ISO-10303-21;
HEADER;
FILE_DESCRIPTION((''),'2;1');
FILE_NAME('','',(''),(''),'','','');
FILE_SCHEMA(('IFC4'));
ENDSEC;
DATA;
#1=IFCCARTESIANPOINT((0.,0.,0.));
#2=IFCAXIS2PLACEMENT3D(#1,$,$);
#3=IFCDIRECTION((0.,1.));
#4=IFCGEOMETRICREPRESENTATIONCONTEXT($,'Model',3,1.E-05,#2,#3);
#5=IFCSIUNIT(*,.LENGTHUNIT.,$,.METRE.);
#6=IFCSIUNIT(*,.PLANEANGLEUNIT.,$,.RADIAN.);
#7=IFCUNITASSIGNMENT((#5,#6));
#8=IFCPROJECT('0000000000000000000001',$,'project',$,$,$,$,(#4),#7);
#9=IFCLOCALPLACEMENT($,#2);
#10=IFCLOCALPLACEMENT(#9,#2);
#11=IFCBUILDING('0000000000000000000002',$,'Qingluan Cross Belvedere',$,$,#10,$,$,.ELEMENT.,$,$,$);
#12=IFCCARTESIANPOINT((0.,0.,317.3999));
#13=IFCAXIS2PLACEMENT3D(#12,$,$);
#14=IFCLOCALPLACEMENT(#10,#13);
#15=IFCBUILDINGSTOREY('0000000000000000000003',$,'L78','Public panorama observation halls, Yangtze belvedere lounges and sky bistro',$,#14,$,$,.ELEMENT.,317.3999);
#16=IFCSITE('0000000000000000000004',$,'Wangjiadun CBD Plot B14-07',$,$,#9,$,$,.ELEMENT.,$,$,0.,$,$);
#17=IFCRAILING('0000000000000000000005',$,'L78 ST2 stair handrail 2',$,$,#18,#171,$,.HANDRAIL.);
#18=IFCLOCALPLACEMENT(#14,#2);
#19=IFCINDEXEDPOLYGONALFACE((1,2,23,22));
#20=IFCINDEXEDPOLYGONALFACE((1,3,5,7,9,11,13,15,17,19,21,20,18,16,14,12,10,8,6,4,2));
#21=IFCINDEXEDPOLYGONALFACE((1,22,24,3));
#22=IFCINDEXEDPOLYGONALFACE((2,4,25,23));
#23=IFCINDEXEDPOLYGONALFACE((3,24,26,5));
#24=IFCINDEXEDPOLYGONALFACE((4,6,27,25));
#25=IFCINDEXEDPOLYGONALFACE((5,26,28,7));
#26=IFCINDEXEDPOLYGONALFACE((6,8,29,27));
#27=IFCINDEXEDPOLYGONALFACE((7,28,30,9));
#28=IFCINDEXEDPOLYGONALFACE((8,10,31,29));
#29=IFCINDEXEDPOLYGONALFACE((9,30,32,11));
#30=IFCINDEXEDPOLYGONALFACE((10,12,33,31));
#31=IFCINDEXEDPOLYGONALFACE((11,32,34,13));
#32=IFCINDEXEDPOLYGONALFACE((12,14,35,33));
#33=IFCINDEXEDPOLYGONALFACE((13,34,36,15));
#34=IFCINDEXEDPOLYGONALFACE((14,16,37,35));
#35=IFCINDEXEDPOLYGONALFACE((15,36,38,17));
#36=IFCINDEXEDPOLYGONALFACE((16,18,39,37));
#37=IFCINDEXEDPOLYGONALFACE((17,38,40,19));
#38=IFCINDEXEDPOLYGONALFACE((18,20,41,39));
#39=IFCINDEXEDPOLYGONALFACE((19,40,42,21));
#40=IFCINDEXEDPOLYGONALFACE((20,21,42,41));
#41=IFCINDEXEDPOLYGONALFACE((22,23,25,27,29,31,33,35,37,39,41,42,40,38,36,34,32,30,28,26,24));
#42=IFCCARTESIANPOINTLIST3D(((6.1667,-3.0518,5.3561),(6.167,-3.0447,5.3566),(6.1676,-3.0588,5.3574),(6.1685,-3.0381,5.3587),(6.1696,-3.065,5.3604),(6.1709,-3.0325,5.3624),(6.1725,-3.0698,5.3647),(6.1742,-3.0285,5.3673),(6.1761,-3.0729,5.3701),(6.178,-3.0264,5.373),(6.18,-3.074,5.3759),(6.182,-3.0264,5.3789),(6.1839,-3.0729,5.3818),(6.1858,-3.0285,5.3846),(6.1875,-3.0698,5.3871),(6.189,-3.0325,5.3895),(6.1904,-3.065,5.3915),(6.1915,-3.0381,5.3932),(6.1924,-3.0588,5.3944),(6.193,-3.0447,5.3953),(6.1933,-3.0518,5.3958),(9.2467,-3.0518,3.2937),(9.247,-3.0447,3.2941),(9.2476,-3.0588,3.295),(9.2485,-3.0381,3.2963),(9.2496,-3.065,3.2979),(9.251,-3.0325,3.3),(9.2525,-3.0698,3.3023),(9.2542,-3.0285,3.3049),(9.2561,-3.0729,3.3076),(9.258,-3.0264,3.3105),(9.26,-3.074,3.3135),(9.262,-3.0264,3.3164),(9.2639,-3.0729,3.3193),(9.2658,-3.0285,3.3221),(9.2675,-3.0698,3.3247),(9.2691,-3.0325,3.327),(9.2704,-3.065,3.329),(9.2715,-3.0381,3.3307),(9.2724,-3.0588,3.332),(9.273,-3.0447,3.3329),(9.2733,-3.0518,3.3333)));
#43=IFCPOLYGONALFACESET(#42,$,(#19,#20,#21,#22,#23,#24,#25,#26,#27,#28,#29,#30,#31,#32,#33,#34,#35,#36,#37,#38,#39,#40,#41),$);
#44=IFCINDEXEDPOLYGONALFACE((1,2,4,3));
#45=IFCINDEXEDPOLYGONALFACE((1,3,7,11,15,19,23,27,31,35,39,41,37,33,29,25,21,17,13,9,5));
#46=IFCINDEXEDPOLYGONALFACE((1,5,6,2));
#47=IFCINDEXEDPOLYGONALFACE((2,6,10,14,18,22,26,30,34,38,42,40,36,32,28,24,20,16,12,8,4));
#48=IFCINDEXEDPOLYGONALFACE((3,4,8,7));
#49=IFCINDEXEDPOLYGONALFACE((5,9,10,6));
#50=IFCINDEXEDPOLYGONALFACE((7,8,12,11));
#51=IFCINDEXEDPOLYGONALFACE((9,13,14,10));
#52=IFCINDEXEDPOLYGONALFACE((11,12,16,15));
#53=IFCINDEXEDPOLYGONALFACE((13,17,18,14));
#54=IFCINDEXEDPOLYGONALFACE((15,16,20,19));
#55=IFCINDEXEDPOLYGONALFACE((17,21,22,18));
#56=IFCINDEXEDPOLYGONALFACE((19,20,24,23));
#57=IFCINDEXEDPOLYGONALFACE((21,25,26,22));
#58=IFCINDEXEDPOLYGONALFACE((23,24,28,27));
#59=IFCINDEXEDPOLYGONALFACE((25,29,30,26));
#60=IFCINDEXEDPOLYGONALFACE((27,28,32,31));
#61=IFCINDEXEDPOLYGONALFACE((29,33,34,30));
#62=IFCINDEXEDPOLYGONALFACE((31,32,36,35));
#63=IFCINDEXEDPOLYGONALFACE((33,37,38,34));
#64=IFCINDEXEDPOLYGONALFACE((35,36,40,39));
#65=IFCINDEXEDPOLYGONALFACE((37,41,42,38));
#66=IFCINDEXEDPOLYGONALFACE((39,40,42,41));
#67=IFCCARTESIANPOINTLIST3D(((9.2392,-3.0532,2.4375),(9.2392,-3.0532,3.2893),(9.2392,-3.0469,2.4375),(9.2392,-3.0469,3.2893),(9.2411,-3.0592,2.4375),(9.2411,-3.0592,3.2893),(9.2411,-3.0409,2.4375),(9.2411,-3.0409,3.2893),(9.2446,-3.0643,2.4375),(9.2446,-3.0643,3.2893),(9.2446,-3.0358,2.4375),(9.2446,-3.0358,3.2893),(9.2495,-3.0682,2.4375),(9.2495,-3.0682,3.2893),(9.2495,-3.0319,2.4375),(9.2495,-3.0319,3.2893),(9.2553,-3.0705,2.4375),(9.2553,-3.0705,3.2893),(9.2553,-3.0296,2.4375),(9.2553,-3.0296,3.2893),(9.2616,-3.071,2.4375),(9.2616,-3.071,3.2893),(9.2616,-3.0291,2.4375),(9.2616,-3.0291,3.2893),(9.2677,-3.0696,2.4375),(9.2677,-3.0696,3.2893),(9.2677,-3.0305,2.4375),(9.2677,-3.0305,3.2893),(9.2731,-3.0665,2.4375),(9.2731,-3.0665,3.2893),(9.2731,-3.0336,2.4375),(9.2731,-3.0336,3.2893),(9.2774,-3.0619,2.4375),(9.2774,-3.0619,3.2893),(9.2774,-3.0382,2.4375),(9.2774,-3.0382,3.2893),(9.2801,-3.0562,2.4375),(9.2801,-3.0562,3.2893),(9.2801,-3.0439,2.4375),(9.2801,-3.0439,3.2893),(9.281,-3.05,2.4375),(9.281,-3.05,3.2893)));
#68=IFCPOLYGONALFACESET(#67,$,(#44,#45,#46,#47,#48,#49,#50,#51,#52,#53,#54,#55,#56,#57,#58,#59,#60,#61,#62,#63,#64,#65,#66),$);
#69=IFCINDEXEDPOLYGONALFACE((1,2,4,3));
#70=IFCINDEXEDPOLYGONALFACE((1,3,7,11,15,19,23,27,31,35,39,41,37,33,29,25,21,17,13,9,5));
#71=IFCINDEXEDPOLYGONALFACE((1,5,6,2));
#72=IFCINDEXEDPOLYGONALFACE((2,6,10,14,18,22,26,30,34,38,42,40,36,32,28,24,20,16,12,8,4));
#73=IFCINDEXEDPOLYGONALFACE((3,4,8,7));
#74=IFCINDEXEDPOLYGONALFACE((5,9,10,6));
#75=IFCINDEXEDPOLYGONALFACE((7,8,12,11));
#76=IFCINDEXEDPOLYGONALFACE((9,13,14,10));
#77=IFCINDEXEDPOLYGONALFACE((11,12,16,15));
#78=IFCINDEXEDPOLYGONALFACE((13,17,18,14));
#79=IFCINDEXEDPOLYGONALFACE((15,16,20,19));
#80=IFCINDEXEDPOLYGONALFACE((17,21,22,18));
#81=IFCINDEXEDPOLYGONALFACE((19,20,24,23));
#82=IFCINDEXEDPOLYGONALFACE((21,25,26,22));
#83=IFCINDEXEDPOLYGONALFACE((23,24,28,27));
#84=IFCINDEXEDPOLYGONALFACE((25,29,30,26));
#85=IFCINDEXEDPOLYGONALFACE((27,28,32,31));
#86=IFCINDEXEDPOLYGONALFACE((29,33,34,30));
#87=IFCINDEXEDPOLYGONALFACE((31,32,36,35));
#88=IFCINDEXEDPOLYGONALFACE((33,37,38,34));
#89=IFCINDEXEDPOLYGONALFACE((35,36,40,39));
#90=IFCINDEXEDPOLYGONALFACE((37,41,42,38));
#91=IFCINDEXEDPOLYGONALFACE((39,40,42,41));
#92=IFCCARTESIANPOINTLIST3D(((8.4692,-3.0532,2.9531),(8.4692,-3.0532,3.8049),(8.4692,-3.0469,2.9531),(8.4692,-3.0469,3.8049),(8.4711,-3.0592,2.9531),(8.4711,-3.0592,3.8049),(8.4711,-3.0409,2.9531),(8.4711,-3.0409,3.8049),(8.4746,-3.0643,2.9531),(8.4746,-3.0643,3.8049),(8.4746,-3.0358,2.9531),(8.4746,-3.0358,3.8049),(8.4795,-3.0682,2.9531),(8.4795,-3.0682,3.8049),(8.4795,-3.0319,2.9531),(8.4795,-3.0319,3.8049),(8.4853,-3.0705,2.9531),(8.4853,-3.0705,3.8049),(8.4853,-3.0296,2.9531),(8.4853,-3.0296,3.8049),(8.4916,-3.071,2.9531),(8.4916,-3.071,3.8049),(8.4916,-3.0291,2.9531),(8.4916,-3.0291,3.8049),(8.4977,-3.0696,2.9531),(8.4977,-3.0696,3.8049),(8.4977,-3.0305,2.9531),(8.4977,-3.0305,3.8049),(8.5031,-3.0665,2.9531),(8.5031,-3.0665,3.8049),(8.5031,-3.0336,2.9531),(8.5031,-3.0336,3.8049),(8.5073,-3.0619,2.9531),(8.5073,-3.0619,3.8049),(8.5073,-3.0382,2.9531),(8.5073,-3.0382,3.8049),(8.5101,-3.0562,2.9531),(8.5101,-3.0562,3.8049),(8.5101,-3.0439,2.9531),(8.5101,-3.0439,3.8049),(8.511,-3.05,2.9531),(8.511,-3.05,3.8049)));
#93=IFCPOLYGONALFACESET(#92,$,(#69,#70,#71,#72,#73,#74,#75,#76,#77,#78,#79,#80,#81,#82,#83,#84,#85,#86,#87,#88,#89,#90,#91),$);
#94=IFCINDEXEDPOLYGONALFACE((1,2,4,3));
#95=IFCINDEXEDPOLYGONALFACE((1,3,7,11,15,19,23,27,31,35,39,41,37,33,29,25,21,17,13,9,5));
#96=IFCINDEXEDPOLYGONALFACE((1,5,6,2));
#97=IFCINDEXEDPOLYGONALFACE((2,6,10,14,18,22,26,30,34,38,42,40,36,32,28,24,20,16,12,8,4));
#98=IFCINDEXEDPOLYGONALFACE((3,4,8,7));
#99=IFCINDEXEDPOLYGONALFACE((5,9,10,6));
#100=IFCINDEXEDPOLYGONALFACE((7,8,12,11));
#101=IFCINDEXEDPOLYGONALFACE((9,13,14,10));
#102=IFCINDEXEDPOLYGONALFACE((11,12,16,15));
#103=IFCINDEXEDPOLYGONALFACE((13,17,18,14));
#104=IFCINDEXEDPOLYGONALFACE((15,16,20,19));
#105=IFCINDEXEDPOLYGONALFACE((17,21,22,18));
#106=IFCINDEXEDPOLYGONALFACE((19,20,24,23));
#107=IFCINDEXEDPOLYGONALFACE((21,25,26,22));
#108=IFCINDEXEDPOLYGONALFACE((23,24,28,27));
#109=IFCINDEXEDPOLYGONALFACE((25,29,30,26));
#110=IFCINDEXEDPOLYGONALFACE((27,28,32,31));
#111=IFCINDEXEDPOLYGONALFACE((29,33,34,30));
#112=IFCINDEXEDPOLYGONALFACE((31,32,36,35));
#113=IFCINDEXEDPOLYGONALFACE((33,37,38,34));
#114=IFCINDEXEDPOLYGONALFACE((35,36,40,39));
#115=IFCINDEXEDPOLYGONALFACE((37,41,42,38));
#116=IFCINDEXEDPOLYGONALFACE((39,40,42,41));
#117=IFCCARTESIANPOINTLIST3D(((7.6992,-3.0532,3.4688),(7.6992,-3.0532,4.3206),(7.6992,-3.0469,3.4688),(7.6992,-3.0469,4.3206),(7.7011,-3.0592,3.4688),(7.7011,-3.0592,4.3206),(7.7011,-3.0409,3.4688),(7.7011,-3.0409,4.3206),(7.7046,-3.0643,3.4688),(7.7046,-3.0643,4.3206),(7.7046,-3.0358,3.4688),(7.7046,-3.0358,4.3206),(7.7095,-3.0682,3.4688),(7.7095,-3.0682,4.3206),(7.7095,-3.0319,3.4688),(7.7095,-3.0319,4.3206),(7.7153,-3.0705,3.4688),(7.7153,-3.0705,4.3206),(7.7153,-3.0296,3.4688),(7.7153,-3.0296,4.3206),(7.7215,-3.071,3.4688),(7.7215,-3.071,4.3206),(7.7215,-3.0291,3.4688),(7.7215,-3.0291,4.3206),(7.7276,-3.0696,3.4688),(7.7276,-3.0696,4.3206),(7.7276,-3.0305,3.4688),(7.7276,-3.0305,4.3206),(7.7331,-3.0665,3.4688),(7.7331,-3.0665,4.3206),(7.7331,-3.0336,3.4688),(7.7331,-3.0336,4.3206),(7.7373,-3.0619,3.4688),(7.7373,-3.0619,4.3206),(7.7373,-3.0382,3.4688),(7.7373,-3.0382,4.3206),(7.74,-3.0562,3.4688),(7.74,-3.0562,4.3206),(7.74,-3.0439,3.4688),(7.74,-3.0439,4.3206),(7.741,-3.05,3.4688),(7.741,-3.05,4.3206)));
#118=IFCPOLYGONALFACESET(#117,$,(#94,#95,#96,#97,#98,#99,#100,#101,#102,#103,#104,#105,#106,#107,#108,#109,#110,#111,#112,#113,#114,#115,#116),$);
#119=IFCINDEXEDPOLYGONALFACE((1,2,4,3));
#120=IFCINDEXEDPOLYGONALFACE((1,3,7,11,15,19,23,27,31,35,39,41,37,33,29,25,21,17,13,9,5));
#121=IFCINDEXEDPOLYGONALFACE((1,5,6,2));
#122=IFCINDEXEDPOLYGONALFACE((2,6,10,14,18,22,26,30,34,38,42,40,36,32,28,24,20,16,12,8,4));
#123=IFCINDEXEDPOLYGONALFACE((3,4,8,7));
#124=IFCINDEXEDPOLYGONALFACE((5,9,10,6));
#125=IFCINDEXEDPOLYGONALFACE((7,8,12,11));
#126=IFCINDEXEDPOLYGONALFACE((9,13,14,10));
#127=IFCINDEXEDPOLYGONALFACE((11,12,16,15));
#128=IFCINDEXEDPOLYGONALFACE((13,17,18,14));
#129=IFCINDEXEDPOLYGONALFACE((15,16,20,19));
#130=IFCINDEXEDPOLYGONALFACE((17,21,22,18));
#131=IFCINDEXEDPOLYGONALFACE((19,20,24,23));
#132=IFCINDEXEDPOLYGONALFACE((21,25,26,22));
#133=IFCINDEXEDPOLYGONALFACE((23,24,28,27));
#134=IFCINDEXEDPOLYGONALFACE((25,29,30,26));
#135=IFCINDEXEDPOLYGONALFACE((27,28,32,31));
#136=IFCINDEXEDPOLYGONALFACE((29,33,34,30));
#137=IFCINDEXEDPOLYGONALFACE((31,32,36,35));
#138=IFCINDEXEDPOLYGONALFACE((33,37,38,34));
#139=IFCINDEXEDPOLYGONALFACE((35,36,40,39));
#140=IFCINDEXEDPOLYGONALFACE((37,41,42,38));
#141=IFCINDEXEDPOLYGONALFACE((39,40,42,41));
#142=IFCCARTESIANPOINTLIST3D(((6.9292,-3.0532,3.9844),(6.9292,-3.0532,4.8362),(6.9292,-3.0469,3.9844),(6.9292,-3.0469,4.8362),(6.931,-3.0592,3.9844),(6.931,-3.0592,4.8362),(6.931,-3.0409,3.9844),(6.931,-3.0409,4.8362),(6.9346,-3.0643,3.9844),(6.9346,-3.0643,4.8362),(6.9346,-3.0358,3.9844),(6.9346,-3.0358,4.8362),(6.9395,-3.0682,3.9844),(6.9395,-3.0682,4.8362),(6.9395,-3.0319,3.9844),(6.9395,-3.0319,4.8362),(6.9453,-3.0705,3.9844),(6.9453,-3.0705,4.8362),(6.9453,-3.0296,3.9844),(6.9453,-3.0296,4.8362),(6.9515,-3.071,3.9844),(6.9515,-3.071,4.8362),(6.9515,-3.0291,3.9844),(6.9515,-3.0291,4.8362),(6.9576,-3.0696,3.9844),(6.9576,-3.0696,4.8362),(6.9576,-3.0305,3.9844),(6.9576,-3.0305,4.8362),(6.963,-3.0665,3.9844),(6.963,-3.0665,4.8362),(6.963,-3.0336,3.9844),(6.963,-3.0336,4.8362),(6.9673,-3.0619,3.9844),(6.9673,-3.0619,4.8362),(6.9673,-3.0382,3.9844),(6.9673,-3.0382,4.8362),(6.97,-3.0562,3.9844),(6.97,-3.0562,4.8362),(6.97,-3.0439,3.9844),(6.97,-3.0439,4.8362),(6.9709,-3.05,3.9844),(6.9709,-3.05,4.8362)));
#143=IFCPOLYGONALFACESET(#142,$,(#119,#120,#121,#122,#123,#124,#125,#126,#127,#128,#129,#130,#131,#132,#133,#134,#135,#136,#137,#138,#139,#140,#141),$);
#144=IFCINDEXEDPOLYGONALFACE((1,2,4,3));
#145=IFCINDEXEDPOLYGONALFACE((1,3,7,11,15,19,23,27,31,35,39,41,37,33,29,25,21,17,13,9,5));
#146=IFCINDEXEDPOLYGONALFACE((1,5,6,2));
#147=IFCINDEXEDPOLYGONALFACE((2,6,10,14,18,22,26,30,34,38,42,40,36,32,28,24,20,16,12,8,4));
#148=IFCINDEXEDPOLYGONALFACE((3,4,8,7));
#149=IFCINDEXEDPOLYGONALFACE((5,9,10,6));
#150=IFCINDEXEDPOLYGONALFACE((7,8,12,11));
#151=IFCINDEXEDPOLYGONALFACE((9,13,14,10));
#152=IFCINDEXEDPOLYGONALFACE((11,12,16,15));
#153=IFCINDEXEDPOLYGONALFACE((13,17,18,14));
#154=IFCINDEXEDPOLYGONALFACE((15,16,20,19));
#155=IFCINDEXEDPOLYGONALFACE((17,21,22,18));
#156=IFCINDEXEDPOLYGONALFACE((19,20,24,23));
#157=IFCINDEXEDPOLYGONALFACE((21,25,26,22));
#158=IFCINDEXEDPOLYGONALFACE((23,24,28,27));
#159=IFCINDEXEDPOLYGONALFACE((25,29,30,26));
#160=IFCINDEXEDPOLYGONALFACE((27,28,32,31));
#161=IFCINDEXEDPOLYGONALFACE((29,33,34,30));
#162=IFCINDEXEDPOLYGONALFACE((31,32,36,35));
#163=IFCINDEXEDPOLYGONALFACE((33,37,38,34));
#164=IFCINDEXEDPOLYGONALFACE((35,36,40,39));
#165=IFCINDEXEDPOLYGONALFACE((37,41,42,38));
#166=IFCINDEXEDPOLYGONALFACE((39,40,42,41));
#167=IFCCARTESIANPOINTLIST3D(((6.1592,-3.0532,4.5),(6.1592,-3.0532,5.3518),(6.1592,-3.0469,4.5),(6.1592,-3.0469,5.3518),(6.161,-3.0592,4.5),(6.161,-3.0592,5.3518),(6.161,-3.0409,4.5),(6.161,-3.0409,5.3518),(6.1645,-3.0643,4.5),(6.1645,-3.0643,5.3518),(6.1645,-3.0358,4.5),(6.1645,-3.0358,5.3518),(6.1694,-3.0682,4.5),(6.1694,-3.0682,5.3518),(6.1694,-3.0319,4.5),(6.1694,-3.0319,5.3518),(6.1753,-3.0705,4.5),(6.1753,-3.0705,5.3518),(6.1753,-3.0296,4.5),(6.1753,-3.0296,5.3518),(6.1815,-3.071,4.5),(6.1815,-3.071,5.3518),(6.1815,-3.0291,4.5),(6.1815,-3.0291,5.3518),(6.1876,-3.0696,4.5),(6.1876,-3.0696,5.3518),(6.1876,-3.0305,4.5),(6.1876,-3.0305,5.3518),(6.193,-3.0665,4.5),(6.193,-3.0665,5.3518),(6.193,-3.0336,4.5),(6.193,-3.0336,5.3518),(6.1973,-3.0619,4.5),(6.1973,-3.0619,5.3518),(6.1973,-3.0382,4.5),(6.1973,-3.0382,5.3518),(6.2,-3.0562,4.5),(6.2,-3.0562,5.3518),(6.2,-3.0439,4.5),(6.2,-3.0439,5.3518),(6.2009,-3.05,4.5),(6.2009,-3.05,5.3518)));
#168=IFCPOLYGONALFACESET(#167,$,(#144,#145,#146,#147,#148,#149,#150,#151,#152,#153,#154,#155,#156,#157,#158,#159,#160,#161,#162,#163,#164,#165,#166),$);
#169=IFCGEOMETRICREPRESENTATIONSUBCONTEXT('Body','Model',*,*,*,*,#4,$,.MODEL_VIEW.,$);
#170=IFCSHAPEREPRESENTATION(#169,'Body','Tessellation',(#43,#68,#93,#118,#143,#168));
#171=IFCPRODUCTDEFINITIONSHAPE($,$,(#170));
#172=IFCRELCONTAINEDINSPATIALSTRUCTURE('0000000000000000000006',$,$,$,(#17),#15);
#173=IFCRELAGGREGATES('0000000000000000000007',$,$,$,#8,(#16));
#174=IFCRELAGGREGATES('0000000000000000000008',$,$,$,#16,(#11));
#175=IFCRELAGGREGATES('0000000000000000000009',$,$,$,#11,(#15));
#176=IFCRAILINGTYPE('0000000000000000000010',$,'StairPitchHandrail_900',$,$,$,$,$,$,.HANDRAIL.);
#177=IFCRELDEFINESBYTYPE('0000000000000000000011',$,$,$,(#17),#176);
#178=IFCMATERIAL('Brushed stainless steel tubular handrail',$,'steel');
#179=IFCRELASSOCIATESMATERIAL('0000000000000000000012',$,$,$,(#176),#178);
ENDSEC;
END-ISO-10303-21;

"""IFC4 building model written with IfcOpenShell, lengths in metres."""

from ifc_helpers import new_model, si_unit, direction, frame, origin, origin_2d, place, context, subcontext, project, spatial, circle, extrude, material, type_object, element, save


model = new_model("IFC4")

# Units and contexts
model_context = context("Model", 3, precision=1e-05, world=origin(), true_north=direction((0.0, 1.0)))
body_context = subcontext(model_context, "Body", "Model", "MODEL_VIEW")
ifc_project = project(units=[si_unit("LENGTHUNIT", "METRE"), si_unit("PLANEANGLEUNIT", "RADIAN")], contexts=[model_context])

# Site, building, storey
site_placement = place(None, origin())
site = spatial("IfcSite", under=ifc_project, at=site_placement, Name="Wangjiadun CBD Plot B14-07", CompositionType="ELEMENT", RefElevation=0.0)
building_placement = place(site_placement, origin())
building = spatial("IfcBuilding", under=site, at=building_placement, Name="Qingluan Cross Belvedere", CompositionType="ELEMENT")
storey_placement = place(building_placement, frame((0.0, 0.0, 317.3999)))
storey = spatial("IfcBuildingStorey", under=building, at=storey_placement, Name="L78", Description="Public panorama observation halls, Yangtze belvedere lounges and sky bistro", CompositionType="ELEMENT", Elevation=317.3999)

# Railing
ifc_material_1 = material(Name="Brushed stainless steel tubular handrail", Category="steel")
railing_type_1 = type_object("IfcRailingType", Name="StairPitchHandrail_900", PredefinedType="HANDRAIL", material=ifc_material_1)
railing_1_placement = place(storey_placement, frame((9.26, -3.05, 2.4375)))
element("IfcRailing", 1, at=railing_1_placement, inside=storey, type_object=railing_type_1, Name="L78 ST2 stair handrail 2", PredefinedType="HANDRAIL", context=body_context, shape_type="SweptSolid", body=[
    extrude(circle(Radius=0.0239, at=origin_2d()), frame((0.0, 0.0, 0.876), z_axis=(-0.830914, 0.0, 0.556401), x_axis=(0.0, -1.0, 0.0)), (0.0, 0.0, 1.0), 3.7068),
    extrude(circle(Radius=0.021, at=origin_2d()), origin(), (0.0, 0.0, 1.0), 0.8518),
    extrude(circle(Radius=0.021, at=origin_2d()), frame((-0.77, 0.0, 0.5156)), (0.0, 0.0, 1.0), 0.8518),
    extrude(circle(Radius=0.021, at=origin_2d()), frame((-1.54, 0.0, 1.0312)), (0.0, 0.0, 1.0), 0.8518),
    extrude(circle(Radius=0.021, at=origin_2d()), frame((-2.3101, 0.0, 1.5469)), (0.0, 0.0, 1.0), 0.8518),
    extrude(circle(Radius=0.021, at=origin_2d()), frame((-3.0801, 0.0, 2.0625)), (0.0, 0.0, 1.0), 0.8518),
])

save(model, "model.ifc")
